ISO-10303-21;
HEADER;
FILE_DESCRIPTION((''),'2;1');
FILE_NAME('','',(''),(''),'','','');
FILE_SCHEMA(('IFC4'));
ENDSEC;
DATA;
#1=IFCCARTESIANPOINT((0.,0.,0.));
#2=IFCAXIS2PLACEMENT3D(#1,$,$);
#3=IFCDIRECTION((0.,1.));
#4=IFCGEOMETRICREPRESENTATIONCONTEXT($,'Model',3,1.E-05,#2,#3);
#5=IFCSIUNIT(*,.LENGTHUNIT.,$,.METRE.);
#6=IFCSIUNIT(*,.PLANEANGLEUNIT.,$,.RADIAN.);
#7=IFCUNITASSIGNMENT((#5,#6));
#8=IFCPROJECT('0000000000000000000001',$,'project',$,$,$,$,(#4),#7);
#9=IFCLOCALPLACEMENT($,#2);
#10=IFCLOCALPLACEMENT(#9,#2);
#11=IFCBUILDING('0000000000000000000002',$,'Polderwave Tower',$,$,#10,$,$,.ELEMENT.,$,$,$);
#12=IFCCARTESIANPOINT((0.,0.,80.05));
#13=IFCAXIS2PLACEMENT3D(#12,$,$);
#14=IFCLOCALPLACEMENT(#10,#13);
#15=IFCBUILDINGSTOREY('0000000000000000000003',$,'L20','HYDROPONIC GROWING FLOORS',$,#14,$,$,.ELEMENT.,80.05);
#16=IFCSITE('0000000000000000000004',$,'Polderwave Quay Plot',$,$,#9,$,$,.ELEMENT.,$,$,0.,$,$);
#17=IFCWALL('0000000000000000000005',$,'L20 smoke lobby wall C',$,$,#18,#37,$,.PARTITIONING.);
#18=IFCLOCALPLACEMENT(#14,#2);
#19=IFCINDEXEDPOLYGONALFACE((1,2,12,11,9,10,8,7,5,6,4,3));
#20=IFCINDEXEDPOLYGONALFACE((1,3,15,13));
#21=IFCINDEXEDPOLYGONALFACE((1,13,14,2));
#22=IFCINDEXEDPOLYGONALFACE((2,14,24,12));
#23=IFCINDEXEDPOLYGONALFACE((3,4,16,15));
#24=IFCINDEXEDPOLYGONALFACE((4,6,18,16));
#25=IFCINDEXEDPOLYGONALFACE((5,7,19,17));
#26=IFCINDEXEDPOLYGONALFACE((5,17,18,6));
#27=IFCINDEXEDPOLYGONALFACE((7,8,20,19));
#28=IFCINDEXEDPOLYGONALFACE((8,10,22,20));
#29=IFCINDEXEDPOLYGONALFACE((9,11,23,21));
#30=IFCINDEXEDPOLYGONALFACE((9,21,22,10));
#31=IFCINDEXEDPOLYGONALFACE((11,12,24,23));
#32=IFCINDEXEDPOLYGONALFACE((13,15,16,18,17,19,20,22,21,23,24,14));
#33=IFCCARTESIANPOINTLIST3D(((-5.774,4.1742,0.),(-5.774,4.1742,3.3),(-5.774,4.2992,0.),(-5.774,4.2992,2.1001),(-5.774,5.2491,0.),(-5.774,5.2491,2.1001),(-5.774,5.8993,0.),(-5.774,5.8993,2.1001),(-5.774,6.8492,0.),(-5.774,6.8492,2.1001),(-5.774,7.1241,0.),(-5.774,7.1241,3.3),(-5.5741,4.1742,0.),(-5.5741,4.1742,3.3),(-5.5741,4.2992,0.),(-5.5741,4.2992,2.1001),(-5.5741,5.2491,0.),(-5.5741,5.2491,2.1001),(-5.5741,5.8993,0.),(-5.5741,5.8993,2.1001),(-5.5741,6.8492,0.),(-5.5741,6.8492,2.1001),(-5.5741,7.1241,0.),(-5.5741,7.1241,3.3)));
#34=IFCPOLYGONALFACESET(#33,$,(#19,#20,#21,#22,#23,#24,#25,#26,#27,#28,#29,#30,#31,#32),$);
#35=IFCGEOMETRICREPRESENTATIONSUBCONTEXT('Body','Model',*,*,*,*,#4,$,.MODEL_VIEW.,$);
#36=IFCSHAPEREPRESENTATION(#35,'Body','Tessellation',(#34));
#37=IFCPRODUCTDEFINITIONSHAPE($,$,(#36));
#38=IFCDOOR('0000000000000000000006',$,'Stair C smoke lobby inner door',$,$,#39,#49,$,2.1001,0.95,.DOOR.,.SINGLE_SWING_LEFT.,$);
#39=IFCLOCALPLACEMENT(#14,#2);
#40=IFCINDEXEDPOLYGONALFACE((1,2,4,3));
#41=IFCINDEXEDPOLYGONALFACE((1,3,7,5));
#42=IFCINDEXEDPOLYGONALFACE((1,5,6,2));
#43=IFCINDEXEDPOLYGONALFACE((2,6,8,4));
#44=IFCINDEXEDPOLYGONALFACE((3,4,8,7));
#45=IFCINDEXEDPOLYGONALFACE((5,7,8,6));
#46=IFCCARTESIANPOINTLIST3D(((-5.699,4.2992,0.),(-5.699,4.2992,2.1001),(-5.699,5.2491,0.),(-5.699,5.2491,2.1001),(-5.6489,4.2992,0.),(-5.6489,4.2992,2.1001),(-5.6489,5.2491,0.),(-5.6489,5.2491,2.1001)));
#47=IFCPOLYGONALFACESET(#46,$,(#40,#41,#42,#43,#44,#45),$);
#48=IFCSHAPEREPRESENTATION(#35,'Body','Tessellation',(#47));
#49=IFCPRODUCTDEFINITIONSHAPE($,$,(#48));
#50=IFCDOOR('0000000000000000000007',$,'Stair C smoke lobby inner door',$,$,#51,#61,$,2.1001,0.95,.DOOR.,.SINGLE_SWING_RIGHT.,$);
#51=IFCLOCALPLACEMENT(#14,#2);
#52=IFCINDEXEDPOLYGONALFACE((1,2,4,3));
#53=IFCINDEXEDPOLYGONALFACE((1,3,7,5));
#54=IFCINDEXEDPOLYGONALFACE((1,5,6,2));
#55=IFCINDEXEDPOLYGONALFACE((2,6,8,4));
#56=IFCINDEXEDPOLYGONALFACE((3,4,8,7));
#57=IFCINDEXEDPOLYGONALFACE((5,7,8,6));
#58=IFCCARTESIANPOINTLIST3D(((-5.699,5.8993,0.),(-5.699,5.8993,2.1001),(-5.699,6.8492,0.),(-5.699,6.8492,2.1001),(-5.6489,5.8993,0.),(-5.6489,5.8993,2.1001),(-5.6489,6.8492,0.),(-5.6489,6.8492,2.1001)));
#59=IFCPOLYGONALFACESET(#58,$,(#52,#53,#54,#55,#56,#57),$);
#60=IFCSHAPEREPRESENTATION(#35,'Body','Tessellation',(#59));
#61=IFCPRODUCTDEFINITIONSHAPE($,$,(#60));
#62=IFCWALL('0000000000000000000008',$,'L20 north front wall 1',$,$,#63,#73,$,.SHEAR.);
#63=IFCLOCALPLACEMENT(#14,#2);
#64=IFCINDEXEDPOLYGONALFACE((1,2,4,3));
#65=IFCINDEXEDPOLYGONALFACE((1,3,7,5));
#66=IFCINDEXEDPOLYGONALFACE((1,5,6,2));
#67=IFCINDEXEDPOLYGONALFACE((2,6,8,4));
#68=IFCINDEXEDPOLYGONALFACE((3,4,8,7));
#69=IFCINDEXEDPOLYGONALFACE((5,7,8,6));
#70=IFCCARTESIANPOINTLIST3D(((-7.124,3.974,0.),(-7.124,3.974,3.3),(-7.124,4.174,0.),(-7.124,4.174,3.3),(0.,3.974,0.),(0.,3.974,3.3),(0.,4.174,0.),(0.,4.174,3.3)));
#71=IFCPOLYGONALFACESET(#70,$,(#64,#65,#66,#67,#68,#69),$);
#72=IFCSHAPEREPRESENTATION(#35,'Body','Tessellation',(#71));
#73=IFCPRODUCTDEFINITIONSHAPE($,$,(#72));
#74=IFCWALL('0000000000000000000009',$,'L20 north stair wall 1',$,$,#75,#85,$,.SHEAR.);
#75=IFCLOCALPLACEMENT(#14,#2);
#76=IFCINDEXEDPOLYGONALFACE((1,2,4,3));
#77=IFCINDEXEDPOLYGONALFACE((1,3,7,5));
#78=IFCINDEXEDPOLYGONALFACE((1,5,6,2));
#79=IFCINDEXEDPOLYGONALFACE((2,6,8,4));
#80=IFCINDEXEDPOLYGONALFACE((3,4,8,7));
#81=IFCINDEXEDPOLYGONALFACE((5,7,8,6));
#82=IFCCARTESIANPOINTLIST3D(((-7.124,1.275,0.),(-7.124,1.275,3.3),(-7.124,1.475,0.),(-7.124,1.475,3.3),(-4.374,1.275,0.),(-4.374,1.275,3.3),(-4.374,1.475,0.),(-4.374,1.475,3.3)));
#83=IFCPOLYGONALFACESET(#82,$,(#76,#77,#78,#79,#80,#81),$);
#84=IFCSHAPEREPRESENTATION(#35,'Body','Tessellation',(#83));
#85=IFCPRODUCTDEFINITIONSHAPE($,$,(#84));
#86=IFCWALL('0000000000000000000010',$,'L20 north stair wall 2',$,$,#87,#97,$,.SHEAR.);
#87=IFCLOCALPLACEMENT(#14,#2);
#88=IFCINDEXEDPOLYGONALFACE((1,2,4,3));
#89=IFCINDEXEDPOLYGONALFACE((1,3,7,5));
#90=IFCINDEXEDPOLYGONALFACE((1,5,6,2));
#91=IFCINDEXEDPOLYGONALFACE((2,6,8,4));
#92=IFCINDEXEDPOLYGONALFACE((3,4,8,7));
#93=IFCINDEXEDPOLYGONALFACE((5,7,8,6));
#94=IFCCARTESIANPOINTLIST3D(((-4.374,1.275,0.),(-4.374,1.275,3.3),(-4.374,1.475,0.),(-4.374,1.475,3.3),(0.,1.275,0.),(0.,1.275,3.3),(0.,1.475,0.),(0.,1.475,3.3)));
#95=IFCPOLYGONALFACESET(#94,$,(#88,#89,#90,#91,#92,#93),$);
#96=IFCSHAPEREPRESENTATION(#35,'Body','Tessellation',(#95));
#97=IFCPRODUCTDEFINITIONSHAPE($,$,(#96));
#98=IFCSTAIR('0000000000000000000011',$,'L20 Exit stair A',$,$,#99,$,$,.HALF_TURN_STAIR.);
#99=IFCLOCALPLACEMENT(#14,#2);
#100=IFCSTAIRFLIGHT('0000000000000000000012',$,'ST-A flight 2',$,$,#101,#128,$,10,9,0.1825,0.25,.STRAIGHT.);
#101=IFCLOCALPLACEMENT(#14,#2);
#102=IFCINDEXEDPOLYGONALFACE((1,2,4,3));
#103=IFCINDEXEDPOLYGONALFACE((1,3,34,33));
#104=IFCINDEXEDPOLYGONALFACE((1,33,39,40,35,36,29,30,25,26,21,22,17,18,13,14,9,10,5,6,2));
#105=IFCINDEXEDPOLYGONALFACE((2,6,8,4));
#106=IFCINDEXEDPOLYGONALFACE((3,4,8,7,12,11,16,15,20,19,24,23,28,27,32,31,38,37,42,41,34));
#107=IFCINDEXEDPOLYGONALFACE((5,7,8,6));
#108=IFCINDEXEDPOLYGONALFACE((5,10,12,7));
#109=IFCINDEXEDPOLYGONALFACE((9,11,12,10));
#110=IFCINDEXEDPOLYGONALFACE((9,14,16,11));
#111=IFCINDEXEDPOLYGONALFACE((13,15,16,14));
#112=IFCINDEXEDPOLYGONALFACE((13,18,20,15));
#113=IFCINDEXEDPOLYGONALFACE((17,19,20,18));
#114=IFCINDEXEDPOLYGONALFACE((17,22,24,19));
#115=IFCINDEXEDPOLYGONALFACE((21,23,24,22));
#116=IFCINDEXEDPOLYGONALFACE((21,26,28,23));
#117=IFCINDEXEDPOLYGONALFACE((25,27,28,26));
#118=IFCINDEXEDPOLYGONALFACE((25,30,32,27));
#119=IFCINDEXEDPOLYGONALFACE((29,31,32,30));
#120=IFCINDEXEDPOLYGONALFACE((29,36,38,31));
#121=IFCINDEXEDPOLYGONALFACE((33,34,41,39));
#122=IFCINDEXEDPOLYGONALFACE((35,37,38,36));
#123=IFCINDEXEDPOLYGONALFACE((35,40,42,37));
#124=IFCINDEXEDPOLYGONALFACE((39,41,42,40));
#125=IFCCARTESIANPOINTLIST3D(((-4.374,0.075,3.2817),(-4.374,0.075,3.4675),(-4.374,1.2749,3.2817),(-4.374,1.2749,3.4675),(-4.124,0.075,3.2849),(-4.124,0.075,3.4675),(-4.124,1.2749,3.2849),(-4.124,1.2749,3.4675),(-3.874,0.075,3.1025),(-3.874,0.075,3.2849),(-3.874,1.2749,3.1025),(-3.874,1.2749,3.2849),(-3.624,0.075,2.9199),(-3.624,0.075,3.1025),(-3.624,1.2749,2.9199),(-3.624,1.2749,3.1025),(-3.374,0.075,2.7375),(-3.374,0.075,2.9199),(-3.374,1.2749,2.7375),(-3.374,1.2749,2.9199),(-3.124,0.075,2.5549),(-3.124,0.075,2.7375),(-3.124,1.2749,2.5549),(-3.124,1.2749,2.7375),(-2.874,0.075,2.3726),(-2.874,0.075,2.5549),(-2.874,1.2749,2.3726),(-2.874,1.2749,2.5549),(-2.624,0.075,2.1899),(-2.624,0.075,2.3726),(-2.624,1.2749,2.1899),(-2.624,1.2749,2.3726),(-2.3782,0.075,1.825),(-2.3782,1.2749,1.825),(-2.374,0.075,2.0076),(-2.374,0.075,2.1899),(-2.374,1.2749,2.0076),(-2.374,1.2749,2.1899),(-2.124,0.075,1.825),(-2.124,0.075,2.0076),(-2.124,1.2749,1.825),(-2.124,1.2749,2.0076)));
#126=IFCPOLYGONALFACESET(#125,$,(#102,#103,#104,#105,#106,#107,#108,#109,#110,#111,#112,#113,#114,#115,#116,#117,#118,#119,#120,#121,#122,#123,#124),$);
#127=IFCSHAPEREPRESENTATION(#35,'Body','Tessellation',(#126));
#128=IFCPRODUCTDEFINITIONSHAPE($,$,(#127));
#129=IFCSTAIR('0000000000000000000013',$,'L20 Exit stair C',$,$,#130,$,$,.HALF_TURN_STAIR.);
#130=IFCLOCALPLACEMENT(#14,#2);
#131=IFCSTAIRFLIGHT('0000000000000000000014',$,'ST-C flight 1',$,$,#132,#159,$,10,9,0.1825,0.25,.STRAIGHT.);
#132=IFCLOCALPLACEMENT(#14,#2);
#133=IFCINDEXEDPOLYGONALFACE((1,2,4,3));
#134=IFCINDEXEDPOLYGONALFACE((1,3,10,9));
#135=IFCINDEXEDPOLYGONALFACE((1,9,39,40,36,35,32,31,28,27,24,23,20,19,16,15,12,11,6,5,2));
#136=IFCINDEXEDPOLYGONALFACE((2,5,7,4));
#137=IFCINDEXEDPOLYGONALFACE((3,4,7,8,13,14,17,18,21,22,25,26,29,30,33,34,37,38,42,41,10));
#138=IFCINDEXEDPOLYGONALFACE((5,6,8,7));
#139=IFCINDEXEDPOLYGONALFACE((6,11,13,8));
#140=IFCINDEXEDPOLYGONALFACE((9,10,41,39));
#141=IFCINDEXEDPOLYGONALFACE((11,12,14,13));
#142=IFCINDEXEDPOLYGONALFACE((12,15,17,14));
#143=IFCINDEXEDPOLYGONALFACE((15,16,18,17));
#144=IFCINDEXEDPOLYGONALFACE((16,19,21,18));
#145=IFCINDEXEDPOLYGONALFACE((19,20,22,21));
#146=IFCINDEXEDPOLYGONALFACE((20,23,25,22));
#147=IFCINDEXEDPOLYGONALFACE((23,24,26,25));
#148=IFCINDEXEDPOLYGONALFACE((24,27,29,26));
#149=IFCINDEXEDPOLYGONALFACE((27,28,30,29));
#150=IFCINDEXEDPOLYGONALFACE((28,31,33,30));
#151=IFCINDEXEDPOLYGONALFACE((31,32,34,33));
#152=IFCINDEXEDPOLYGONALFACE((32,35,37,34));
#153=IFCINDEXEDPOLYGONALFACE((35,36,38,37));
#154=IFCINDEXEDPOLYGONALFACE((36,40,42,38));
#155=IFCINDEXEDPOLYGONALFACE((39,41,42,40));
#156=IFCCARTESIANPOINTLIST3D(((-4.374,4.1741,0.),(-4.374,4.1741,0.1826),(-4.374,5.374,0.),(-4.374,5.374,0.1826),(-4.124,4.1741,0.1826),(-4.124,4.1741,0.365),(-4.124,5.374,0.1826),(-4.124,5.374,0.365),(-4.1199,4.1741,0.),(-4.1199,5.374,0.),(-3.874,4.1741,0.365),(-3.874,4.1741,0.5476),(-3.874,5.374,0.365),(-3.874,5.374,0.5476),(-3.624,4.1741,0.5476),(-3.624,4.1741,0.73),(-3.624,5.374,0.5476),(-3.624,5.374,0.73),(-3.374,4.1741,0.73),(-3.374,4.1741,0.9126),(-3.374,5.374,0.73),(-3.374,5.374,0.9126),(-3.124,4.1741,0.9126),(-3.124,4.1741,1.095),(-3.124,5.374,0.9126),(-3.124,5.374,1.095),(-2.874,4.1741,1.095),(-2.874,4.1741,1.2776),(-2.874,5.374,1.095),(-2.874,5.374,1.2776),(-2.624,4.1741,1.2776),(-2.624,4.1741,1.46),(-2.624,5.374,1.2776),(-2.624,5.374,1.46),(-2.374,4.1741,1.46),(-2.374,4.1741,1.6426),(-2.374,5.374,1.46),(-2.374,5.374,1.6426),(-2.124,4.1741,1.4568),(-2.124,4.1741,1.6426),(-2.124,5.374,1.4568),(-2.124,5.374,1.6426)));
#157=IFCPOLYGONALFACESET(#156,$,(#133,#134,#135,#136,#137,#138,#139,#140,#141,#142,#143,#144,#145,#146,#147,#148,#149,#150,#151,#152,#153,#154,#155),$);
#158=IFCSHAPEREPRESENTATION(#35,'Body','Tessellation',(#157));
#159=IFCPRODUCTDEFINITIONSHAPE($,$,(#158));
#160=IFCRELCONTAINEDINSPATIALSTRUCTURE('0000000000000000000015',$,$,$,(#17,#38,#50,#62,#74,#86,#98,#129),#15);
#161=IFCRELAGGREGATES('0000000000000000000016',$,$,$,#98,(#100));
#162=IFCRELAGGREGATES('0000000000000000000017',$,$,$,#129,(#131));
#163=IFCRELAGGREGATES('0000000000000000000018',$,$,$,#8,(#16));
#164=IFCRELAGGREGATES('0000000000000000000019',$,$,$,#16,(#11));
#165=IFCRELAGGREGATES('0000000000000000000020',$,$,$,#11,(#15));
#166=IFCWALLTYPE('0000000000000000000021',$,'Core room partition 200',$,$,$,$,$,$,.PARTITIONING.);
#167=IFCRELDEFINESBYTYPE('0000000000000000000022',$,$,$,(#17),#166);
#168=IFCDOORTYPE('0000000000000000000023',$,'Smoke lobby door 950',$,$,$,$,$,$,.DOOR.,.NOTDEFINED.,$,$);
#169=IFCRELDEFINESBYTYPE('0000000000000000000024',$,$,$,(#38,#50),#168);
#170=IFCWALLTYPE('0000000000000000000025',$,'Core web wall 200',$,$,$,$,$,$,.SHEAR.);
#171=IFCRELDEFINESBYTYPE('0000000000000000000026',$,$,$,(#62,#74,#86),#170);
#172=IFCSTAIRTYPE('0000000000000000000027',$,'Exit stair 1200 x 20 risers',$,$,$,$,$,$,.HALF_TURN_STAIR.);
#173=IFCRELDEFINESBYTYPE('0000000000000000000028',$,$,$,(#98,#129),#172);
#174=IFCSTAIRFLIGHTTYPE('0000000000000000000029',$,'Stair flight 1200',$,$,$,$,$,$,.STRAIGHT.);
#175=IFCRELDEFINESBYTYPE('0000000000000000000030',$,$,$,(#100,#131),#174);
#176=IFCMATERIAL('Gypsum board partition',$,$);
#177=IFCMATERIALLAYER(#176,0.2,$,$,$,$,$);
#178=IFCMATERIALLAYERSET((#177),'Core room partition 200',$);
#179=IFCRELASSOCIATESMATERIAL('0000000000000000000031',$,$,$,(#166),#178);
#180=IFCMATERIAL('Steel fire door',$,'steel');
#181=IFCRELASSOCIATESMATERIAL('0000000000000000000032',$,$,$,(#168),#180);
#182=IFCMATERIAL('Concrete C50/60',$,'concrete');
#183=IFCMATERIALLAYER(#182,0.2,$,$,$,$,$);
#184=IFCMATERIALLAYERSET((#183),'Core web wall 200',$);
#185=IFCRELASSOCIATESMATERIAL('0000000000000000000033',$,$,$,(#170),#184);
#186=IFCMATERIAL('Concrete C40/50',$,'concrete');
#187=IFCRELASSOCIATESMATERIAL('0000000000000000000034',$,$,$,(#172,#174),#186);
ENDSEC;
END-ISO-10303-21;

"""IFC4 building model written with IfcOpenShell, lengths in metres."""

from ifc_helpers import new_model, si_unit, direction, frame, frame_2d, origin, place, context, subcontext, project, spatial, polyline, rectangle, outline, extrude, material, layer, layer_set, type_object, element, fill, aggregate, save


model = new_model("IFC4")

# Units and contexts
model_context = context("Model", 3, precision=1e-05, world=origin(), true_north=direction((0.0, 1.0)))
body_context = subcontext(model_context, "Body", "Model", "MODEL_VIEW")
ifc_project = project(units=[si_unit("LENGTHUNIT", "METRE"), si_unit("PLANEANGLEUNIT", "RADIAN")], contexts=[model_context])

# Site, building, storey
site_placement = place(None, origin())
site = spatial("IfcSite", under=ifc_project, at=site_placement, Name="Polderwave Quay Plot", CompositionType="ELEMENT", RefElevation=0.0)
building_placement = place(site_placement, origin())
building = spatial("IfcBuilding", under=site, at=building_placement, Name="Polderwave Tower", CompositionType="ELEMENT")
storey_placement = place(building_placement, frame((0.0, 0.0, 80.05)))
storey = spatial("IfcBuildingStorey", under=building, at=storey_placement, Name="L20", Description="HYDROPONIC GROWING FLOORS", CompositionType="ELEMENT", Elevation=80.05)

# Wall, openings, doors
ifc_material_1 = material(Name="Gypsum board partition")
ifc_layer_1 = layer(ifc_material_1, 0.2)
ifc_layer_set_1 = layer_set([ifc_layer_1], Name="Core room partition 200")
wall_type_1 = type_object("IfcWallType", Name="Core room partition 200", PredefinedType="PARTITIONING", material=ifc_layer_set_1)
wall_1_placement = place(storey_placement, frame((-5.6741, 4.1741, 0.0), z_axis=(0.0, 0.0, 1.0), x_axis=(0.0, 1.0, 0.0)))
wall_1 = element("IfcWall", 1, at=wall_1_placement, inside=storey, type_object=wall_type_1, Name="L20 smoke lobby wall C", PredefinedType="PARTITIONING", context=body_context, shape_type="SweptSolid", body=[
    extrude(rectangle(XDim=2.95, YDim=0.2, at=frame_2d((1.4751, 0.0))), origin(), (0.0, 0.0, 1.0), 3.3),
])
opening_1_placement = place(wall_1_placement, frame((0.125, 0.0, 0.0)))
opening_1 = element("IfcOpeningElement", 2, at=opening_1_placement, cuts=wall_1, PredefinedType="OPENING", context=body_context, shape_type="SweptSolid", body=[
    extrude(rectangle(XDim=0.95, YDim=2.1001, at=frame_2d((0.4751, 1.05))), frame((0.0, 0.1099, 0.0), z_axis=(0.0, -1.0, 0.0), x_axis=(1.0, 0.0, 0.0)), (0.0, 0.0, 1.0), 0.22),
])
opening_2_placement = place(wall_1_placement, frame((1.7251, 0.0, 0.0)))
opening_2 = element("IfcOpeningElement", 3, at=opening_2_placement, cuts=wall_1, PredefinedType="OPENING", context=body_context, shape_type="SweptSolid", body=[
    extrude(rectangle(XDim=0.95, YDim=2.1001, at=frame_2d((0.4751, 1.05))), frame((0.0, 0.1099, 0.0), z_axis=(0.0, -1.0, 0.0), x_axis=(1.0, 0.0, 0.0)), (0.0, 0.0, 1.0), 0.22),
])
ifc_material_2 = material(Name="Steel fire door", Category="steel")
door_type = type_object("IfcDoorType", Name="Smoke lobby door 950", OperationType="NOTDEFINED", PredefinedType="DOOR", material=ifc_material_2)
door_1_placement = place(opening_1_placement, origin())
door_1 = element("IfcDoor", 4, at=door_1_placement, inside=storey, type_object=door_type, Name="Stair C smoke lobby inner door", OperationType="SINGLE_SWING_LEFT", OverallHeight=2.1001, OverallWidth=0.95, PredefinedType="DOOR", context=body_context, shape_type="SweptSolid", body=[
    extrude(rectangle(XDim=0.95, YDim=2.1001, at=frame_2d((0.4751, 1.05))), frame((0.0, 0.0249, 0.0), z_axis=(0.0, -1.0, 0.0), x_axis=(1.0, 0.0, 0.0)), (0.0, 0.0, 1.0), 0.05),
])
fill(opening_1, door_1)
door_2_placement = place(opening_2_placement, origin())
door_2 = element("IfcDoor", 5, at=door_2_placement, inside=storey, type_object=door_type, Name="Stair C smoke lobby inner door", OperationType="SINGLE_SWING_RIGHT", OverallHeight=2.1001, OverallWidth=0.95, PredefinedType="DOOR", context=body_context, shape_type="SweptSolid", body=[
    extrude(rectangle(XDim=0.95, YDim=2.1001, at=frame_2d((0.4751, 1.05))), frame((0.0, 0.0249, 0.0), z_axis=(0.0, -1.0, 0.0), x_axis=(1.0, 0.0, 0.0)), (0.0, 0.0, 1.0), 0.05),
])
fill(opening_2, door_2)

# Walls
ifc_material_3 = material(Name="Concrete C50/60", Category="concrete")
ifc_layer_2 = layer(ifc_material_3, 0.2)
ifc_layer_set_2 = layer_set([ifc_layer_2], Name="Core web wall 200")
wall_type_2 = type_object("IfcWallType", Name="Core web wall 200", PredefinedType="SHEAR", material=ifc_layer_set_2)
wall_2_placement = place(storey_placement, frame((-7.124, 4.074, 0.0), z_axis=(0.0, 0.0, 1.0), x_axis=(1.0, 0.0, 0.0)))
element("IfcWall", 6, at=wall_2_placement, inside=storey, type_object=wall_type_2, Name="L20 north front wall 1", PredefinedType="SHEAR", context=body_context, shape_type="SweptSolid", body=[
    extrude(rectangle(XDim=7.124, YDim=0.2, at=frame_2d((3.562, 0.0))), origin(), (0.0, 0.0, 1.0), 3.3),
])
wall_3_placement = place(storey_placement, frame((-7.124, 1.375, 0.0), z_axis=(0.0, 0.0, 1.0), x_axis=(1.0, 0.0, 0.0)))
element("IfcWall", 7, at=wall_3_placement, inside=storey, type_object=wall_type_2, Name="L20 north stair wall 1", PredefinedType="SHEAR", context=body_context, shape_type="SweptSolid", body=[
    extrude(rectangle(XDim=2.75, YDim=0.2, at=frame_2d((1.375, 0.0))), origin(), (0.0, 0.0, 1.0), 3.3),
])
wall_4_placement = place(storey_placement, frame((-4.374, 1.375, 0.0), z_axis=(0.0, 0.0, 1.0), x_axis=(1.0, 0.0, 0.0)))
element("IfcWall", 8, at=wall_4_placement, inside=storey, type_object=wall_type_2, Name="L20 north stair wall 2", PredefinedType="SHEAR", context=body_context, shape_type="SweptSolid", body=[
    extrude(rectangle(XDim=4.374, YDim=0.2, at=frame_2d((2.187, 0.0))), origin(), (0.0, 0.0, 1.0), 3.3),
])

# Stairs, stair flights
ifc_material_4 = material(Name="Concrete C40/50", Category="concrete")
stair_type = type_object("IfcStairType", Name="Exit stair 1200 x 20 risers", PredefinedType="HALF_TURN_STAIR", material=ifc_material_4)
stair_1_placement = place(storey_placement, origin())
stair_1 = element("IfcStair", 9, at=stair_1_placement, inside=storey, type_object=stair_type, Name="L20 Exit stair A", PredefinedType="HALF_TURN_STAIR")
stair_flight_type = type_object("IfcStairFlightType", Name="Stair flight 1200", PredefinedType="STRAIGHT", material=ifc_material_4)
stair_flight_1_placement = place(storey_placement, frame((-2.124, 0.675, 1.825), z_axis=(0.0, 0.0, 1.0), x_axis=(-1.0, 0.0, 0.0)))
stair_flight_1 = element("IfcStairFlight", 10, at=stair_flight_1_placement, type_object=stair_flight_type, Name="ST-A flight 2", NumberOfRisers=10, NumberOfTreads=9, PredefinedType="STRAIGHT", RiserHeight=0.1825, TreadLength=0.25, context=body_context, shape_type="SweptSolid", body=[
    extrude(outline(polyline([(0.0, 0.0), (0.0, 0.1826), (0.25, 0.1826), (0.25, 0.365), (0.5, 0.365), (0.5, 0.5476), (0.75, 0.5476), (0.75, 0.73), (1.0, 0.73), (1.0, 0.9126), (1.25, 0.9126), (1.25, 1.095), (1.5, 1.095), (1.5, 1.2776), (1.75, 1.2776), (1.75, 1.46), (2.0, 1.46), (2.0, 1.6426), (2.25, 1.6426), (2.25, 1.825), (2.25, 1.4568), (0.2542, 0.0), (0.0, 0.0)])), frame((0.0, 0.6001, 0.0), z_axis=(0.0, -1.0, 0.0), x_axis=(1.0, 0.0, 0.0)), (0.0, 0.0, 1.0), 1.2),
])
aggregate(stair_1, [stair_flight_1])
stair_2_placement = place(storey_placement, origin())
stair_2 = element("IfcStair", 11, at=stair_2_placement, inside=storey, type_object=stair_type, Name="L20 Exit stair C", PredefinedType="HALF_TURN_STAIR")
stair_flight_2_placement = place(storey_placement, frame((-4.374, 4.7739, 0.0), z_axis=(0.0, 0.0, 1.0), x_axis=(1.0, 0.0, 0.0)))
stair_flight_2 = element("IfcStairFlight", 12, at=stair_flight_2_placement, type_object=stair_flight_type, Name="ST-C flight 1", NumberOfRisers=10, NumberOfTreads=9, PredefinedType="STRAIGHT", RiserHeight=0.1825, TreadLength=0.25, context=body_context, shape_type="SweptSolid", body=[
    extrude(outline(polyline([(0.0, 0.0), (0.0, 0.1826), (0.25, 0.1826), (0.25, 0.365), (0.5, 0.365), (0.5, 0.5476), (0.75, 0.5476), (0.75, 0.73), (1.0, 0.73), (1.0, 0.9126), (1.25, 0.9126), (1.25, 1.095), (1.5, 1.095), (1.5, 1.2776), (1.75, 1.2776), (1.75, 1.46), (2.0, 1.46), (2.0, 1.6426), (2.25, 1.6426), (2.25, 1.825), (2.25, 1.4568), (0.2542, 0.0), (0.0, 0.0)])), frame((0.0, 0.6001, 0.0), z_axis=(0.0, -1.0, 0.0), x_axis=(1.0, 0.0, 0.0)), (0.0, 0.0, 1.0), 1.2),
])
aggregate(stair_2, [stair_flight_2])

save(model, "model.ifc")
